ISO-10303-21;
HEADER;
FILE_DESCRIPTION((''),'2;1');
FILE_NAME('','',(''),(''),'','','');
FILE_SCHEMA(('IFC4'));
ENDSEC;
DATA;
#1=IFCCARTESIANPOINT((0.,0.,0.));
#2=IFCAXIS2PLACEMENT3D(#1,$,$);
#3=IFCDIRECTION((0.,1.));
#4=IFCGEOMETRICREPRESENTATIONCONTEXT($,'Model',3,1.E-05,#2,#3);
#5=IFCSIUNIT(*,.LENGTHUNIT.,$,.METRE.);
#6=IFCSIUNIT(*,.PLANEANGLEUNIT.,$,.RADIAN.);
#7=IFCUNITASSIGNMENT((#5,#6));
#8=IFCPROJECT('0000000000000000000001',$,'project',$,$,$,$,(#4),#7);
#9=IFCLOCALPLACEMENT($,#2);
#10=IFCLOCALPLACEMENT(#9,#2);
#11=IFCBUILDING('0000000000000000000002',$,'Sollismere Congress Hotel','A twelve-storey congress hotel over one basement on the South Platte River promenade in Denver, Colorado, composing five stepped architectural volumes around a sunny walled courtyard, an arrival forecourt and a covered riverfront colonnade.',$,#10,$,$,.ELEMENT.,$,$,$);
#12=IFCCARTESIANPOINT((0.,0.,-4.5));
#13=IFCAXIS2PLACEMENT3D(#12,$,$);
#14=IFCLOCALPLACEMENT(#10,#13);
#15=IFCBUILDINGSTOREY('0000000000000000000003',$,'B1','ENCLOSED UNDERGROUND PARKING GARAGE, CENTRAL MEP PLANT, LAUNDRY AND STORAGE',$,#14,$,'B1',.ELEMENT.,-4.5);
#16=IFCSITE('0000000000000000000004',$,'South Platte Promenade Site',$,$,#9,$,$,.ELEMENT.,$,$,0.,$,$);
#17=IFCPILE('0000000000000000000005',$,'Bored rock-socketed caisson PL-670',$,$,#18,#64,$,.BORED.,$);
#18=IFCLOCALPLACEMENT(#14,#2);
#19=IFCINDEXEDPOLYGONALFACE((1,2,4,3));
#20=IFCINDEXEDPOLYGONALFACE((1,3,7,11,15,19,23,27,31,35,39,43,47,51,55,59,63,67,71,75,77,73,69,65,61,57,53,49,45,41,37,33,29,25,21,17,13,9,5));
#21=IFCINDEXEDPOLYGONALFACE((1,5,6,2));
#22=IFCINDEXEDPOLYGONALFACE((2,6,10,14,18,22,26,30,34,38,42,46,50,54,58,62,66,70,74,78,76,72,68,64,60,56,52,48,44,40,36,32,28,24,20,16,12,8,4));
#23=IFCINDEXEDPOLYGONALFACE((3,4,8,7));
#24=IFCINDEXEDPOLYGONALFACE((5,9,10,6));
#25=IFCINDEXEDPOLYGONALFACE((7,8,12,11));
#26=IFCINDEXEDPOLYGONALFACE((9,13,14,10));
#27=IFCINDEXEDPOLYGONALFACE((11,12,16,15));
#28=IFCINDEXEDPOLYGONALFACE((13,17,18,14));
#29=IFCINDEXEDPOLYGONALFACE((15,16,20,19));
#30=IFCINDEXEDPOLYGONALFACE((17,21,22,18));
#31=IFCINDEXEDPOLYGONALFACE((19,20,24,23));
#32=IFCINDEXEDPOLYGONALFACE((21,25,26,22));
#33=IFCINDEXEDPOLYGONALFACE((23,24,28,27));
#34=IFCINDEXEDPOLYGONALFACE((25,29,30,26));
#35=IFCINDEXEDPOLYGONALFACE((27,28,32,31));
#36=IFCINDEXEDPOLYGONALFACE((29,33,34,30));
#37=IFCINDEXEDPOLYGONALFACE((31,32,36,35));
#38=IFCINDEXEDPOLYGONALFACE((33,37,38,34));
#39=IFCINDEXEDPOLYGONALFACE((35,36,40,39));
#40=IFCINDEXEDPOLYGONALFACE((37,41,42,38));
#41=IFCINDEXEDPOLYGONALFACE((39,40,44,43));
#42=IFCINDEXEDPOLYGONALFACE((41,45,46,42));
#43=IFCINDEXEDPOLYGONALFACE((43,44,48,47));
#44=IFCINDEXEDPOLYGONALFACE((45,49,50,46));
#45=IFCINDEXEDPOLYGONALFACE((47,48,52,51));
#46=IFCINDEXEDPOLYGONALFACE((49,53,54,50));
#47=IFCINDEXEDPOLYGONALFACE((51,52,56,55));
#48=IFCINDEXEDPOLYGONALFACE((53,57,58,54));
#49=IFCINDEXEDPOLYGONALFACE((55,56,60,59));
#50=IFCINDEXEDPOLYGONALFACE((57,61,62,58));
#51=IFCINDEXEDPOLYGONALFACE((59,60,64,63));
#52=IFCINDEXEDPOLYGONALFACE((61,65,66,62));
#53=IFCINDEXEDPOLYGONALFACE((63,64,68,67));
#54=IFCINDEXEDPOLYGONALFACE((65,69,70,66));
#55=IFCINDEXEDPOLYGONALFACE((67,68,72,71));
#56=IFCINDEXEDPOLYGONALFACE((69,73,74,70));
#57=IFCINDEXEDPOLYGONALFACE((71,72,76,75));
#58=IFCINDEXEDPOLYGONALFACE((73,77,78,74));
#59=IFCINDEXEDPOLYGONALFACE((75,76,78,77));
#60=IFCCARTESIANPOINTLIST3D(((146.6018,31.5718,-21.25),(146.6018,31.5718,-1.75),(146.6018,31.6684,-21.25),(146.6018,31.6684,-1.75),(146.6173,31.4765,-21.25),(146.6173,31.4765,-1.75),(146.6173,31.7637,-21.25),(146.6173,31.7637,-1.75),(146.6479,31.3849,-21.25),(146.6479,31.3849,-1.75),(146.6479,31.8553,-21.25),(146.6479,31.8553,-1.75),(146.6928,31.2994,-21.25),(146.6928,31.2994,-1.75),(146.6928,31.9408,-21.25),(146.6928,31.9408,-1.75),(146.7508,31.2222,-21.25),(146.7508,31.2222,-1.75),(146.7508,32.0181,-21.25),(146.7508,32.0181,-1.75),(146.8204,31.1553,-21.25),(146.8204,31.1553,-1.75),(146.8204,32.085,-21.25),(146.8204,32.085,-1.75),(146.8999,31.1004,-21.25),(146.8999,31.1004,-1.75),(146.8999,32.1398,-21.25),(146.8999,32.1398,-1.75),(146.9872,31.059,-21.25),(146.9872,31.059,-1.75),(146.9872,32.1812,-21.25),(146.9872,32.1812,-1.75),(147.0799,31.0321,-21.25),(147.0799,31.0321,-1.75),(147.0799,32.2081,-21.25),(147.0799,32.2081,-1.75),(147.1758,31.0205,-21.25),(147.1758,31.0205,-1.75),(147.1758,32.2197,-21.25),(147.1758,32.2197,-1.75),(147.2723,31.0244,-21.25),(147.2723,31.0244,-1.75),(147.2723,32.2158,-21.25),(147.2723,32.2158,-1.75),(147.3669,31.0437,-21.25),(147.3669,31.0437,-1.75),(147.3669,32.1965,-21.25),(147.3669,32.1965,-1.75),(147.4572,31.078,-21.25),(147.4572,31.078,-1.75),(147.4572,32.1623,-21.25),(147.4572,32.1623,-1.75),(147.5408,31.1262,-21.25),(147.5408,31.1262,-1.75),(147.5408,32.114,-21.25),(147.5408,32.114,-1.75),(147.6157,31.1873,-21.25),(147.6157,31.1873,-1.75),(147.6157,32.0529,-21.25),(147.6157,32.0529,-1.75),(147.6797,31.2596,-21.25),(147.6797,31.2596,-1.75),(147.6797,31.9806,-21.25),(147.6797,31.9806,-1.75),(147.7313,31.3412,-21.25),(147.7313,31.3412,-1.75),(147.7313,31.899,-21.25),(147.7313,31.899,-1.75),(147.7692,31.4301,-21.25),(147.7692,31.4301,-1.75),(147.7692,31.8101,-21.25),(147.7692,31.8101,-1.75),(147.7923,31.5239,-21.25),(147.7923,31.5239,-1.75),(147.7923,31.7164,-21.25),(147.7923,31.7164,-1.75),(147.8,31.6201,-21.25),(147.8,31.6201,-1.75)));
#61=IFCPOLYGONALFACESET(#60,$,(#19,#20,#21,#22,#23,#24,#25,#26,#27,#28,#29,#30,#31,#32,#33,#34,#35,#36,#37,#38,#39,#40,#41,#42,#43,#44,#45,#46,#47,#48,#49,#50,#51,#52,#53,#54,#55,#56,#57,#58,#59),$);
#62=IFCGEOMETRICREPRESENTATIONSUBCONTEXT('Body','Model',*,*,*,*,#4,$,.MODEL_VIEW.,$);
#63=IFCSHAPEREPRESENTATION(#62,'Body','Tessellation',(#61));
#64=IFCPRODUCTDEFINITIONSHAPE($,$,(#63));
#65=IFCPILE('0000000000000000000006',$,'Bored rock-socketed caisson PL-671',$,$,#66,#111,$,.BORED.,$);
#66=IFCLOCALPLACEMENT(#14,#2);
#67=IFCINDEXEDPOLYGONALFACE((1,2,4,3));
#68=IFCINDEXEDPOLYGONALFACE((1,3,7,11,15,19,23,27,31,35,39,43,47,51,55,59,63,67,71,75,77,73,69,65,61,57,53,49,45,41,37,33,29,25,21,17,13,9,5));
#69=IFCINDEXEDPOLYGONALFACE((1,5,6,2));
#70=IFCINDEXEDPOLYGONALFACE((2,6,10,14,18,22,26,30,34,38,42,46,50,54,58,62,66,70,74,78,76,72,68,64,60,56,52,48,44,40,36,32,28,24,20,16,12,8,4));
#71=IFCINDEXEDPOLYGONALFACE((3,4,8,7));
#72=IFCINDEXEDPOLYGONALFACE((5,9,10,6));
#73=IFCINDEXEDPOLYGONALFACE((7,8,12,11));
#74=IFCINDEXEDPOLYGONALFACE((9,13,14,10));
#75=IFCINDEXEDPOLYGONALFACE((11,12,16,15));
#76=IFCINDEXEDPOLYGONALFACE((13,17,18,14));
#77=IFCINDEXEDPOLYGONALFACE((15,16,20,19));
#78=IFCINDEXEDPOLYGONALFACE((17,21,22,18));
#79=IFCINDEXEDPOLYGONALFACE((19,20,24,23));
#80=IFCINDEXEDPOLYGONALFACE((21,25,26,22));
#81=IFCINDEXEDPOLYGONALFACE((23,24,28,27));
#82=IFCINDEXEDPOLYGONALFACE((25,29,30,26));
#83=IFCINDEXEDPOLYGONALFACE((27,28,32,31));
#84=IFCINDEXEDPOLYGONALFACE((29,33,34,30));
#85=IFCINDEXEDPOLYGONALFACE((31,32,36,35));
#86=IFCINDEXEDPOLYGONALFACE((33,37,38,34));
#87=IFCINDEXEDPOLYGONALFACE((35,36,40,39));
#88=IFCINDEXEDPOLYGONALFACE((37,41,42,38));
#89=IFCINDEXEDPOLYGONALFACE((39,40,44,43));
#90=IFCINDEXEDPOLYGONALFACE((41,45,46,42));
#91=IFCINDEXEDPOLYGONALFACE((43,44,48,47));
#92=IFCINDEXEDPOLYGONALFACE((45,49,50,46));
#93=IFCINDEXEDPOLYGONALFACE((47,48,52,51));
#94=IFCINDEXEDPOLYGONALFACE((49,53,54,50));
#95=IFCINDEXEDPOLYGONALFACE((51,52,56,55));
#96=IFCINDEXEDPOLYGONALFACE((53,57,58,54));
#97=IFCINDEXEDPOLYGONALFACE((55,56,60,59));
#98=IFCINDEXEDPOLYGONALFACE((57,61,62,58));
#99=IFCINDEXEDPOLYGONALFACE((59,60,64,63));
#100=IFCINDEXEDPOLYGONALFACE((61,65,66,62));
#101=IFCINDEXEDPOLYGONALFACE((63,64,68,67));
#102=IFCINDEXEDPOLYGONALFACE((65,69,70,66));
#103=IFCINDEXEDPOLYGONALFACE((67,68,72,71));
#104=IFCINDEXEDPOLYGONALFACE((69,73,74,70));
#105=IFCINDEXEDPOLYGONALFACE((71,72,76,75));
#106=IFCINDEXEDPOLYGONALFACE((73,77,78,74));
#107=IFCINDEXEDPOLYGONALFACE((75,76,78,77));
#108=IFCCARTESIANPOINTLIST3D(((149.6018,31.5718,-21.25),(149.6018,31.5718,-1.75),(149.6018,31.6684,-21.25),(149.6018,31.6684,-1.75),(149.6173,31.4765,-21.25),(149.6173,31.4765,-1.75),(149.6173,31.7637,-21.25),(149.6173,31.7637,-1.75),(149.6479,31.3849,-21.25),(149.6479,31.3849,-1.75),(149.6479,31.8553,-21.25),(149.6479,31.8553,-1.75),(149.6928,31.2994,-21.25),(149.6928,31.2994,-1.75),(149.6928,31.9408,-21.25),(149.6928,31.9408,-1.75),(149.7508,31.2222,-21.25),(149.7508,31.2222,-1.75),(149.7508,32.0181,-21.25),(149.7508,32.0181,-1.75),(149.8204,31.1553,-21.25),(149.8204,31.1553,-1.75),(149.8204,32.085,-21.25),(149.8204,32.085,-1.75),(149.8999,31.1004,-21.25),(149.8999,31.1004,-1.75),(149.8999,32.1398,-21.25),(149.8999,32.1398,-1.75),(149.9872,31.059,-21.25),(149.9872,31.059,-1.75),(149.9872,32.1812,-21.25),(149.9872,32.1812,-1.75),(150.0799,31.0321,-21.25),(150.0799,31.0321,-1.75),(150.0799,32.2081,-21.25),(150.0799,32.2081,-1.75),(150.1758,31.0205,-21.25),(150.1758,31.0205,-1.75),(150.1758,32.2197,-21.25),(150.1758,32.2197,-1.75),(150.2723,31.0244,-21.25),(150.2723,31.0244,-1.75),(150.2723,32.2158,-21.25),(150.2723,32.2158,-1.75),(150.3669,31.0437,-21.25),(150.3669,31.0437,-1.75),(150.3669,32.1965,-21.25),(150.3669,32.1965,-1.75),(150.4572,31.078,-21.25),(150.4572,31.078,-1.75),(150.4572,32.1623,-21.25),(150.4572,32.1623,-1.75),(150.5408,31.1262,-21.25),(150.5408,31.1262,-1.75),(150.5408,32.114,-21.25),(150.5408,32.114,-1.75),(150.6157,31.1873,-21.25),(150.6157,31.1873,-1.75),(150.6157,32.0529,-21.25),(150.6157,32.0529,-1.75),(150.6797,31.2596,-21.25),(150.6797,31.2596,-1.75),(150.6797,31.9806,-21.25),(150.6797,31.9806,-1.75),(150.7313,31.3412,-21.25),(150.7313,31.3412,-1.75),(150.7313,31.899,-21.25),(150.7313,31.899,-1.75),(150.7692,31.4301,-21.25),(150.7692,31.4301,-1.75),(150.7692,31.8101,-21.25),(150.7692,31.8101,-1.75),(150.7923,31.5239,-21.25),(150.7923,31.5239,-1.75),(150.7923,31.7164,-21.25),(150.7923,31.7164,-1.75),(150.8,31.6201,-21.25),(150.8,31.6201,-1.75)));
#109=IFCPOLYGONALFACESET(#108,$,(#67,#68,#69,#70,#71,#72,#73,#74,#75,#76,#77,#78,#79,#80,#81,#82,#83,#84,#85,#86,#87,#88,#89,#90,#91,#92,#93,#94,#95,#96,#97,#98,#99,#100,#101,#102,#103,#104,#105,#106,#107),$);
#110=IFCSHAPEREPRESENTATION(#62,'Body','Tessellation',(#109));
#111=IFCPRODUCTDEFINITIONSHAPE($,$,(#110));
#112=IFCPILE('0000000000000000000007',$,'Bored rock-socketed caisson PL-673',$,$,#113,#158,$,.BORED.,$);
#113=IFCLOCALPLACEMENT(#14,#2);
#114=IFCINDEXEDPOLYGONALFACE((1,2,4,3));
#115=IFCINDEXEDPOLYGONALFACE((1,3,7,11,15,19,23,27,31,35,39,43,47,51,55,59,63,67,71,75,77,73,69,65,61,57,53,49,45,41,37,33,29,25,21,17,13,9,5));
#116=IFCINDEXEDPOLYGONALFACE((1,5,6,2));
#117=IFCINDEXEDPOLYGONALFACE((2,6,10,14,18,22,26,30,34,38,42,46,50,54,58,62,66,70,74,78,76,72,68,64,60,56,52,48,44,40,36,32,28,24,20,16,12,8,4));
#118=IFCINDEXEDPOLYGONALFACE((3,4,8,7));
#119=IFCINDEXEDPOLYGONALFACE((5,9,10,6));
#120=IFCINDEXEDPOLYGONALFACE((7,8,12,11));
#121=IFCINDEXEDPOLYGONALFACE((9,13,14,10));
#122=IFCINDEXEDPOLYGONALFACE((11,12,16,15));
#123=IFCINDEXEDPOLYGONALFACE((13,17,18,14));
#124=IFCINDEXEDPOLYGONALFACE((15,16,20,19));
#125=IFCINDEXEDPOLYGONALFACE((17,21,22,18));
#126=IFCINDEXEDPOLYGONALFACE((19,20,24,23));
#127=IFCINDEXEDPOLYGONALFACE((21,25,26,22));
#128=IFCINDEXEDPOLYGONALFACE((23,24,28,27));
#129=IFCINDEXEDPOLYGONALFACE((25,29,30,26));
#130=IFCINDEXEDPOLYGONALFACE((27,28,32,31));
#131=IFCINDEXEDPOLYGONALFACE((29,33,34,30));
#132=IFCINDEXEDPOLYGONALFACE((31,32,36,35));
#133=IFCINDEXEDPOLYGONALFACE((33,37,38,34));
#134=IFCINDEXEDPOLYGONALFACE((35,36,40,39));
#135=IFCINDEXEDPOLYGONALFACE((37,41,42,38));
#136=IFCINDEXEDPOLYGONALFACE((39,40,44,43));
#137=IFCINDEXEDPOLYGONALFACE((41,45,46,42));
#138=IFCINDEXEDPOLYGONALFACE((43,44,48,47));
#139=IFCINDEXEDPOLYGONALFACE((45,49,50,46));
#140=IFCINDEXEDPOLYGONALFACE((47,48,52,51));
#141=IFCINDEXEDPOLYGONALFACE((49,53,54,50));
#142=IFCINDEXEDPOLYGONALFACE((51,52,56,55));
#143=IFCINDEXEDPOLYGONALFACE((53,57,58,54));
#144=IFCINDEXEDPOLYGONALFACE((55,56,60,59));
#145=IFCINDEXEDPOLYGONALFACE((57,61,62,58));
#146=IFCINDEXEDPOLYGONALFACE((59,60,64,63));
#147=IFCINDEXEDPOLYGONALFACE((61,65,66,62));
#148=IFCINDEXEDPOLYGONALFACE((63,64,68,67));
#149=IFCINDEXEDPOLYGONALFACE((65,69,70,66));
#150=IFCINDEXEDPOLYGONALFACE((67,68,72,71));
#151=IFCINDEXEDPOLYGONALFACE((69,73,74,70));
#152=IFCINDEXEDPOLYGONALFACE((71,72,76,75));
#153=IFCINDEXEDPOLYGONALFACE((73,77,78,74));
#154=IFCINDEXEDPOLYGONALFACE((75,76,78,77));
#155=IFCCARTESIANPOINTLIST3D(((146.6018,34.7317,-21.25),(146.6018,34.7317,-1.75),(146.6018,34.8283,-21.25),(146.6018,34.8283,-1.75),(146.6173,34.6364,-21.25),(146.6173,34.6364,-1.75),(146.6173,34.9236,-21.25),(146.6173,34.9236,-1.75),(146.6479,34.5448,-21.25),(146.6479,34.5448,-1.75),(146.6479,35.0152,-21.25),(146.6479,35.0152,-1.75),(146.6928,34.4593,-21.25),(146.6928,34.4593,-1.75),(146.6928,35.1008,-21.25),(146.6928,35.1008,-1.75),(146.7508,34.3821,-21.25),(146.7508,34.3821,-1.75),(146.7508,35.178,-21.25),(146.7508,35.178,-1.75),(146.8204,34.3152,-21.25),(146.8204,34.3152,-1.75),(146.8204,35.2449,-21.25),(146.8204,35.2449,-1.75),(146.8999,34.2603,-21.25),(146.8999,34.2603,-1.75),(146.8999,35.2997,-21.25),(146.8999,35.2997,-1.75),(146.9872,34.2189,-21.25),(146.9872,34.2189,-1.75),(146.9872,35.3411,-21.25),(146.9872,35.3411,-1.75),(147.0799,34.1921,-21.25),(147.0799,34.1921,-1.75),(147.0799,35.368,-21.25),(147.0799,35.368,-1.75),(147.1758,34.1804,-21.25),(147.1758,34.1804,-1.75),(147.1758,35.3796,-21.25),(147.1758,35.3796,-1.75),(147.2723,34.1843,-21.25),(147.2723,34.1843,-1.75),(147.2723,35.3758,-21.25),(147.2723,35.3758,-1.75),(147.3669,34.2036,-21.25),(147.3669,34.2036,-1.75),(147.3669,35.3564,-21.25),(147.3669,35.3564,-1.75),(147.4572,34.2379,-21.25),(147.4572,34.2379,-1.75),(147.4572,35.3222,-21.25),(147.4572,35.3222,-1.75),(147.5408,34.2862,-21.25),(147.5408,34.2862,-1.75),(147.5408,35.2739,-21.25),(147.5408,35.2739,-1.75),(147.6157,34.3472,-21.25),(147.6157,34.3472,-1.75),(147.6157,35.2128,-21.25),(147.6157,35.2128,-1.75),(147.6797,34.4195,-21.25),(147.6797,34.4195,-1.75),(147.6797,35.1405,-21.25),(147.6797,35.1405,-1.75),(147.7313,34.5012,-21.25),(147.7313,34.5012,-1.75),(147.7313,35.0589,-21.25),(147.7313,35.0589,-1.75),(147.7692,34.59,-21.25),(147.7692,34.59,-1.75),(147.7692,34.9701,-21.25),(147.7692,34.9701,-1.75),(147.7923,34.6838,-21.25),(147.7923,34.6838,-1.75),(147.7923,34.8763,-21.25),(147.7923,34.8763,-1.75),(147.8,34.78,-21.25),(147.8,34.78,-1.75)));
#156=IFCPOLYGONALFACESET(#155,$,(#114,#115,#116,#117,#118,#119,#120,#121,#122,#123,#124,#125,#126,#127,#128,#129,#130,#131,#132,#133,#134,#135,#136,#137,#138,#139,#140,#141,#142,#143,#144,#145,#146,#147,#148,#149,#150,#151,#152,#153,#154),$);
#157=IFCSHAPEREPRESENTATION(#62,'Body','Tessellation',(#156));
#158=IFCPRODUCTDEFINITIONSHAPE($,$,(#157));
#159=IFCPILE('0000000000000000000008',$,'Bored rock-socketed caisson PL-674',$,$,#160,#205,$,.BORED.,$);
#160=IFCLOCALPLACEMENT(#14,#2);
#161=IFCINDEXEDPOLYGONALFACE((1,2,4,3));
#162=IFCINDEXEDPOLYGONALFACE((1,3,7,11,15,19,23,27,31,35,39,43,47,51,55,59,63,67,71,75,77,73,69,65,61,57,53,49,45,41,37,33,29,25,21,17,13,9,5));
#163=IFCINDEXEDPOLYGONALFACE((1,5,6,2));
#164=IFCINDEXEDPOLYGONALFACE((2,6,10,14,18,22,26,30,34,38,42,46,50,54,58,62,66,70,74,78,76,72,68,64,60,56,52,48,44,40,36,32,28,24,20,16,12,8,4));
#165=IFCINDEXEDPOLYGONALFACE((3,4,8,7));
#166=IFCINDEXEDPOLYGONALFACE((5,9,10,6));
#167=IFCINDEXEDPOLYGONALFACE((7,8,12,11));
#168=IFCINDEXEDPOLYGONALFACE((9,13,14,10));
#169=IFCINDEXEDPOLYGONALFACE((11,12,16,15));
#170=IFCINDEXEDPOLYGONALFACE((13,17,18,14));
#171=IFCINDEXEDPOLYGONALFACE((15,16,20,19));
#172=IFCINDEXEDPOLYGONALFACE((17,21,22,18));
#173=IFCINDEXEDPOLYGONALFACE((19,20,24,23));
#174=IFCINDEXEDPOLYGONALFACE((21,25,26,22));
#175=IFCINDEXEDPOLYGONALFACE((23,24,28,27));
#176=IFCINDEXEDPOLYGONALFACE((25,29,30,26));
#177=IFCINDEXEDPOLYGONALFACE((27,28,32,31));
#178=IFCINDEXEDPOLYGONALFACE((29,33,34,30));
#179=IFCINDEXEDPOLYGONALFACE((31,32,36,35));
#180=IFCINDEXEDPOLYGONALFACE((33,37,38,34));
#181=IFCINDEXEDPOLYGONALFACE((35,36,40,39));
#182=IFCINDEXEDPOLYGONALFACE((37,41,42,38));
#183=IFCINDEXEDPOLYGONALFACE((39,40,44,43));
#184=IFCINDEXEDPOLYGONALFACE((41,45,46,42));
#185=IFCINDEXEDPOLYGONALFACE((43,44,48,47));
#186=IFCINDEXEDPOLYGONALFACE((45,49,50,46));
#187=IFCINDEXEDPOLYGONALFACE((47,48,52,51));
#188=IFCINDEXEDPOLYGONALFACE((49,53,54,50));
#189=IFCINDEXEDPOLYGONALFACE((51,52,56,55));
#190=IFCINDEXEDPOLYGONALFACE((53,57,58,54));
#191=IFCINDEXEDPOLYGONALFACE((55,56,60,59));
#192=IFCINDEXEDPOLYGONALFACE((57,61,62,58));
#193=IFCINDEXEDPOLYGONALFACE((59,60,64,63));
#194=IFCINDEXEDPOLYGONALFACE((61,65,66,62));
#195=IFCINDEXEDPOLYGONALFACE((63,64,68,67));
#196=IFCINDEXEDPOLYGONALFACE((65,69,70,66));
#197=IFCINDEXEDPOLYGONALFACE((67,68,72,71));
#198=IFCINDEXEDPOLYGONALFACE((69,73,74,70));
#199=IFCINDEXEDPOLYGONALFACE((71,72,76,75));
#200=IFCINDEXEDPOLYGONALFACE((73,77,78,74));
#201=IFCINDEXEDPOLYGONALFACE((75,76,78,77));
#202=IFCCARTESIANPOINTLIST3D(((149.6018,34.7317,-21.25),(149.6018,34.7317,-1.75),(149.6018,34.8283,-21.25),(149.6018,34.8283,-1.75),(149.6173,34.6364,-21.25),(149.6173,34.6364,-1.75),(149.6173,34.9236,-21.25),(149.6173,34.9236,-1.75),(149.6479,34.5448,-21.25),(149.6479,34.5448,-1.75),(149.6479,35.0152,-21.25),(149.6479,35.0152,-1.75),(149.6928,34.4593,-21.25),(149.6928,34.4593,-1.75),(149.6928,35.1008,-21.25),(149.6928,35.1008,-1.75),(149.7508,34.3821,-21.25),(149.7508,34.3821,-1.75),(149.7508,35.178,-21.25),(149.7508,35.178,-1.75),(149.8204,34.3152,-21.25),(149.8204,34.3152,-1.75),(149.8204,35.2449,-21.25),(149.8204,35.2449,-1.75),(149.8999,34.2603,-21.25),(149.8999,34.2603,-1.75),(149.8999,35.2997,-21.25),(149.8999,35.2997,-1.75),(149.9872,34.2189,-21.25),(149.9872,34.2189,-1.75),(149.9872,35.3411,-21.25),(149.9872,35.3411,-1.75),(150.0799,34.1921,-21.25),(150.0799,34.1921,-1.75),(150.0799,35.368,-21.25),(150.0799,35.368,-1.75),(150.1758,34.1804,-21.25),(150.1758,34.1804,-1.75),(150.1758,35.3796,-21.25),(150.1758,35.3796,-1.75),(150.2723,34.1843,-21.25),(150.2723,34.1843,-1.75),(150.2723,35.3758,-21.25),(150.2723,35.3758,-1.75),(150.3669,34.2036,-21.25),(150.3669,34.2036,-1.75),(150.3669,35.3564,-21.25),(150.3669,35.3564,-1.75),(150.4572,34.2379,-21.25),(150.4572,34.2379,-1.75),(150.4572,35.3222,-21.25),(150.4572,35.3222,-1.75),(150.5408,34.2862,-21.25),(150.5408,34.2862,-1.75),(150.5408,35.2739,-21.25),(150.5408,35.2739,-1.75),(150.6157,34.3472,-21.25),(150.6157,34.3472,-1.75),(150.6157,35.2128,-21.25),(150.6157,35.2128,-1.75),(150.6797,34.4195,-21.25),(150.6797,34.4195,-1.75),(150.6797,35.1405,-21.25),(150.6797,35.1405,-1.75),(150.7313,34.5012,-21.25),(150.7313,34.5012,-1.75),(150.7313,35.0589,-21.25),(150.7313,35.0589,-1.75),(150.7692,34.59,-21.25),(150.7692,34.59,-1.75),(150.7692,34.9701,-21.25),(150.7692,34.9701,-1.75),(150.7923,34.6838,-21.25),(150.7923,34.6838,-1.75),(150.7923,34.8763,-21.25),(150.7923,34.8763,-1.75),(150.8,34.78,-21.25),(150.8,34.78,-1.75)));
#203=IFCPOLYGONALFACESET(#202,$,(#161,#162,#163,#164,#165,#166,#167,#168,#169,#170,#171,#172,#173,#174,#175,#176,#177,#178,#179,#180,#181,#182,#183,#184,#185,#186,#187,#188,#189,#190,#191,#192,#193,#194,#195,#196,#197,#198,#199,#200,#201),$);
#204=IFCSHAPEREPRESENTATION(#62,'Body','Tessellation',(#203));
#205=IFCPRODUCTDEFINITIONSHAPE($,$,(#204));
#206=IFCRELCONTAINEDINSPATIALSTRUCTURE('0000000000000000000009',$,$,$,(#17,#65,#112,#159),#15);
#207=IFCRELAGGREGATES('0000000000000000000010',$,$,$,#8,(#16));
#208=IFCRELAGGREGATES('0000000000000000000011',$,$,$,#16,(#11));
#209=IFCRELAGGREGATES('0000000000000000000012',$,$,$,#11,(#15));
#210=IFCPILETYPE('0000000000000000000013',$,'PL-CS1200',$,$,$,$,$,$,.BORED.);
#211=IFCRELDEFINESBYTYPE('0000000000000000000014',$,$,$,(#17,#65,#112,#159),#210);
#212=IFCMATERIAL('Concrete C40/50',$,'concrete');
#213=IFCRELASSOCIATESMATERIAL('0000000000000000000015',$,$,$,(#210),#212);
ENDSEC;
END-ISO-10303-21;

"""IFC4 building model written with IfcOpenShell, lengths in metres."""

from ifc_helpers import new_model, si_unit, direction, frame, origin, origin_2d, place, context, subcontext, project, spatial, circle, extrude, material, material_profile, profile_set, type_object, element, save


model = new_model("IFC4")

# Units and contexts
model_context = context("Model", 3, precision=1e-05, world=origin(), true_north=direction((0.0, 1.0)))
body_context = subcontext(model_context, "Body", "Model", "MODEL_VIEW")
ifc_project = project(units=[si_unit("LENGTHUNIT", "METRE"), si_unit("PLANEANGLEUNIT", "RADIAN")], contexts=[model_context])

# Site, building, storey
site_placement = place(None, origin())
site = spatial("IfcSite", under=ifc_project, at=site_placement, Name="South Platte Promenade Site", CompositionType="ELEMENT", RefElevation=0.0)
building_placement = place(site_placement, origin())
building = spatial("IfcBuilding", under=site, at=building_placement, Name="Sollismere Congress Hotel", Description="A twelve-storey congress hotel over one basement on the South Platte River promenade in Denver, Colorado, composing five stepped architectural volumes around a sunny walled courtyard, an arrival forecourt and a covered riverfront colonnade.", CompositionType="ELEMENT")
storey_placement = place(building_placement, frame((0.0, 0.0, -4.5)))
storey = spatial("IfcBuildingStorey", under=building, at=storey_placement, Name="B1", Description="ENCLOSED UNDERGROUND PARKING GARAGE, CENTRAL MEP PLANT, LAUNDRY AND STORAGE", LongName="B1", CompositionType="ELEMENT", Elevation=-4.5)

# Shared definitions
ifc_material_1 = material(Name="Concrete C40/50", Category="concrete")

# Piles
ifc_material_profile_1 = material_profile(ifc_material_1, circle(Radius=0.6001, at=origin_2d()), Name="CAISSON1200")
ifc_profile_set_1 = profile_set([ifc_material_profile_1], Name="Concrete C40/50")
pile_type = type_object("IfcPileType", Name="PL-CS1200", PredefinedType="BORED", material=ifc_profile_set_1)
for number, where, z_axis, x_axis, name in (
    (1, (147.2, 31.6201, -1.75), (0.0, 0.0, -1.0), (1.0, 0.0, 0.0), "Bored rock-socketed caisson PL-670"),
    (2, (150.2, 31.6201, -1.75), (0.0, 0.0, -1.0), (1.0, 0.0, 0.0), "Bored rock-socketed caisson PL-671"),
    (3, (147.2, 34.78, -1.75), (0.0, 0.0, -1.0), (1.0, 0.0, 0.0), "Bored rock-socketed caisson PL-673"),
    (4, (150.2, 34.78, -1.75), (0.0, 0.0, -1.0), (1.0, 0.0, 0.0), "Bored rock-socketed caisson PL-674"),
):
    element("IfcPile", number, at=place(storey_placement, frame(where, z_axis=z_axis, x_axis=x_axis)), inside=storey, type_object=pile_type, Name=name, PredefinedType="BORED", context=body_context, shape_type="SweptSolid", body=[
        extrude(circle(Radius=0.6001, at=origin_2d()), origin(), (0.0, 0.0, 1.0), 19.5),
    ])

save(model, "model.ifc")
